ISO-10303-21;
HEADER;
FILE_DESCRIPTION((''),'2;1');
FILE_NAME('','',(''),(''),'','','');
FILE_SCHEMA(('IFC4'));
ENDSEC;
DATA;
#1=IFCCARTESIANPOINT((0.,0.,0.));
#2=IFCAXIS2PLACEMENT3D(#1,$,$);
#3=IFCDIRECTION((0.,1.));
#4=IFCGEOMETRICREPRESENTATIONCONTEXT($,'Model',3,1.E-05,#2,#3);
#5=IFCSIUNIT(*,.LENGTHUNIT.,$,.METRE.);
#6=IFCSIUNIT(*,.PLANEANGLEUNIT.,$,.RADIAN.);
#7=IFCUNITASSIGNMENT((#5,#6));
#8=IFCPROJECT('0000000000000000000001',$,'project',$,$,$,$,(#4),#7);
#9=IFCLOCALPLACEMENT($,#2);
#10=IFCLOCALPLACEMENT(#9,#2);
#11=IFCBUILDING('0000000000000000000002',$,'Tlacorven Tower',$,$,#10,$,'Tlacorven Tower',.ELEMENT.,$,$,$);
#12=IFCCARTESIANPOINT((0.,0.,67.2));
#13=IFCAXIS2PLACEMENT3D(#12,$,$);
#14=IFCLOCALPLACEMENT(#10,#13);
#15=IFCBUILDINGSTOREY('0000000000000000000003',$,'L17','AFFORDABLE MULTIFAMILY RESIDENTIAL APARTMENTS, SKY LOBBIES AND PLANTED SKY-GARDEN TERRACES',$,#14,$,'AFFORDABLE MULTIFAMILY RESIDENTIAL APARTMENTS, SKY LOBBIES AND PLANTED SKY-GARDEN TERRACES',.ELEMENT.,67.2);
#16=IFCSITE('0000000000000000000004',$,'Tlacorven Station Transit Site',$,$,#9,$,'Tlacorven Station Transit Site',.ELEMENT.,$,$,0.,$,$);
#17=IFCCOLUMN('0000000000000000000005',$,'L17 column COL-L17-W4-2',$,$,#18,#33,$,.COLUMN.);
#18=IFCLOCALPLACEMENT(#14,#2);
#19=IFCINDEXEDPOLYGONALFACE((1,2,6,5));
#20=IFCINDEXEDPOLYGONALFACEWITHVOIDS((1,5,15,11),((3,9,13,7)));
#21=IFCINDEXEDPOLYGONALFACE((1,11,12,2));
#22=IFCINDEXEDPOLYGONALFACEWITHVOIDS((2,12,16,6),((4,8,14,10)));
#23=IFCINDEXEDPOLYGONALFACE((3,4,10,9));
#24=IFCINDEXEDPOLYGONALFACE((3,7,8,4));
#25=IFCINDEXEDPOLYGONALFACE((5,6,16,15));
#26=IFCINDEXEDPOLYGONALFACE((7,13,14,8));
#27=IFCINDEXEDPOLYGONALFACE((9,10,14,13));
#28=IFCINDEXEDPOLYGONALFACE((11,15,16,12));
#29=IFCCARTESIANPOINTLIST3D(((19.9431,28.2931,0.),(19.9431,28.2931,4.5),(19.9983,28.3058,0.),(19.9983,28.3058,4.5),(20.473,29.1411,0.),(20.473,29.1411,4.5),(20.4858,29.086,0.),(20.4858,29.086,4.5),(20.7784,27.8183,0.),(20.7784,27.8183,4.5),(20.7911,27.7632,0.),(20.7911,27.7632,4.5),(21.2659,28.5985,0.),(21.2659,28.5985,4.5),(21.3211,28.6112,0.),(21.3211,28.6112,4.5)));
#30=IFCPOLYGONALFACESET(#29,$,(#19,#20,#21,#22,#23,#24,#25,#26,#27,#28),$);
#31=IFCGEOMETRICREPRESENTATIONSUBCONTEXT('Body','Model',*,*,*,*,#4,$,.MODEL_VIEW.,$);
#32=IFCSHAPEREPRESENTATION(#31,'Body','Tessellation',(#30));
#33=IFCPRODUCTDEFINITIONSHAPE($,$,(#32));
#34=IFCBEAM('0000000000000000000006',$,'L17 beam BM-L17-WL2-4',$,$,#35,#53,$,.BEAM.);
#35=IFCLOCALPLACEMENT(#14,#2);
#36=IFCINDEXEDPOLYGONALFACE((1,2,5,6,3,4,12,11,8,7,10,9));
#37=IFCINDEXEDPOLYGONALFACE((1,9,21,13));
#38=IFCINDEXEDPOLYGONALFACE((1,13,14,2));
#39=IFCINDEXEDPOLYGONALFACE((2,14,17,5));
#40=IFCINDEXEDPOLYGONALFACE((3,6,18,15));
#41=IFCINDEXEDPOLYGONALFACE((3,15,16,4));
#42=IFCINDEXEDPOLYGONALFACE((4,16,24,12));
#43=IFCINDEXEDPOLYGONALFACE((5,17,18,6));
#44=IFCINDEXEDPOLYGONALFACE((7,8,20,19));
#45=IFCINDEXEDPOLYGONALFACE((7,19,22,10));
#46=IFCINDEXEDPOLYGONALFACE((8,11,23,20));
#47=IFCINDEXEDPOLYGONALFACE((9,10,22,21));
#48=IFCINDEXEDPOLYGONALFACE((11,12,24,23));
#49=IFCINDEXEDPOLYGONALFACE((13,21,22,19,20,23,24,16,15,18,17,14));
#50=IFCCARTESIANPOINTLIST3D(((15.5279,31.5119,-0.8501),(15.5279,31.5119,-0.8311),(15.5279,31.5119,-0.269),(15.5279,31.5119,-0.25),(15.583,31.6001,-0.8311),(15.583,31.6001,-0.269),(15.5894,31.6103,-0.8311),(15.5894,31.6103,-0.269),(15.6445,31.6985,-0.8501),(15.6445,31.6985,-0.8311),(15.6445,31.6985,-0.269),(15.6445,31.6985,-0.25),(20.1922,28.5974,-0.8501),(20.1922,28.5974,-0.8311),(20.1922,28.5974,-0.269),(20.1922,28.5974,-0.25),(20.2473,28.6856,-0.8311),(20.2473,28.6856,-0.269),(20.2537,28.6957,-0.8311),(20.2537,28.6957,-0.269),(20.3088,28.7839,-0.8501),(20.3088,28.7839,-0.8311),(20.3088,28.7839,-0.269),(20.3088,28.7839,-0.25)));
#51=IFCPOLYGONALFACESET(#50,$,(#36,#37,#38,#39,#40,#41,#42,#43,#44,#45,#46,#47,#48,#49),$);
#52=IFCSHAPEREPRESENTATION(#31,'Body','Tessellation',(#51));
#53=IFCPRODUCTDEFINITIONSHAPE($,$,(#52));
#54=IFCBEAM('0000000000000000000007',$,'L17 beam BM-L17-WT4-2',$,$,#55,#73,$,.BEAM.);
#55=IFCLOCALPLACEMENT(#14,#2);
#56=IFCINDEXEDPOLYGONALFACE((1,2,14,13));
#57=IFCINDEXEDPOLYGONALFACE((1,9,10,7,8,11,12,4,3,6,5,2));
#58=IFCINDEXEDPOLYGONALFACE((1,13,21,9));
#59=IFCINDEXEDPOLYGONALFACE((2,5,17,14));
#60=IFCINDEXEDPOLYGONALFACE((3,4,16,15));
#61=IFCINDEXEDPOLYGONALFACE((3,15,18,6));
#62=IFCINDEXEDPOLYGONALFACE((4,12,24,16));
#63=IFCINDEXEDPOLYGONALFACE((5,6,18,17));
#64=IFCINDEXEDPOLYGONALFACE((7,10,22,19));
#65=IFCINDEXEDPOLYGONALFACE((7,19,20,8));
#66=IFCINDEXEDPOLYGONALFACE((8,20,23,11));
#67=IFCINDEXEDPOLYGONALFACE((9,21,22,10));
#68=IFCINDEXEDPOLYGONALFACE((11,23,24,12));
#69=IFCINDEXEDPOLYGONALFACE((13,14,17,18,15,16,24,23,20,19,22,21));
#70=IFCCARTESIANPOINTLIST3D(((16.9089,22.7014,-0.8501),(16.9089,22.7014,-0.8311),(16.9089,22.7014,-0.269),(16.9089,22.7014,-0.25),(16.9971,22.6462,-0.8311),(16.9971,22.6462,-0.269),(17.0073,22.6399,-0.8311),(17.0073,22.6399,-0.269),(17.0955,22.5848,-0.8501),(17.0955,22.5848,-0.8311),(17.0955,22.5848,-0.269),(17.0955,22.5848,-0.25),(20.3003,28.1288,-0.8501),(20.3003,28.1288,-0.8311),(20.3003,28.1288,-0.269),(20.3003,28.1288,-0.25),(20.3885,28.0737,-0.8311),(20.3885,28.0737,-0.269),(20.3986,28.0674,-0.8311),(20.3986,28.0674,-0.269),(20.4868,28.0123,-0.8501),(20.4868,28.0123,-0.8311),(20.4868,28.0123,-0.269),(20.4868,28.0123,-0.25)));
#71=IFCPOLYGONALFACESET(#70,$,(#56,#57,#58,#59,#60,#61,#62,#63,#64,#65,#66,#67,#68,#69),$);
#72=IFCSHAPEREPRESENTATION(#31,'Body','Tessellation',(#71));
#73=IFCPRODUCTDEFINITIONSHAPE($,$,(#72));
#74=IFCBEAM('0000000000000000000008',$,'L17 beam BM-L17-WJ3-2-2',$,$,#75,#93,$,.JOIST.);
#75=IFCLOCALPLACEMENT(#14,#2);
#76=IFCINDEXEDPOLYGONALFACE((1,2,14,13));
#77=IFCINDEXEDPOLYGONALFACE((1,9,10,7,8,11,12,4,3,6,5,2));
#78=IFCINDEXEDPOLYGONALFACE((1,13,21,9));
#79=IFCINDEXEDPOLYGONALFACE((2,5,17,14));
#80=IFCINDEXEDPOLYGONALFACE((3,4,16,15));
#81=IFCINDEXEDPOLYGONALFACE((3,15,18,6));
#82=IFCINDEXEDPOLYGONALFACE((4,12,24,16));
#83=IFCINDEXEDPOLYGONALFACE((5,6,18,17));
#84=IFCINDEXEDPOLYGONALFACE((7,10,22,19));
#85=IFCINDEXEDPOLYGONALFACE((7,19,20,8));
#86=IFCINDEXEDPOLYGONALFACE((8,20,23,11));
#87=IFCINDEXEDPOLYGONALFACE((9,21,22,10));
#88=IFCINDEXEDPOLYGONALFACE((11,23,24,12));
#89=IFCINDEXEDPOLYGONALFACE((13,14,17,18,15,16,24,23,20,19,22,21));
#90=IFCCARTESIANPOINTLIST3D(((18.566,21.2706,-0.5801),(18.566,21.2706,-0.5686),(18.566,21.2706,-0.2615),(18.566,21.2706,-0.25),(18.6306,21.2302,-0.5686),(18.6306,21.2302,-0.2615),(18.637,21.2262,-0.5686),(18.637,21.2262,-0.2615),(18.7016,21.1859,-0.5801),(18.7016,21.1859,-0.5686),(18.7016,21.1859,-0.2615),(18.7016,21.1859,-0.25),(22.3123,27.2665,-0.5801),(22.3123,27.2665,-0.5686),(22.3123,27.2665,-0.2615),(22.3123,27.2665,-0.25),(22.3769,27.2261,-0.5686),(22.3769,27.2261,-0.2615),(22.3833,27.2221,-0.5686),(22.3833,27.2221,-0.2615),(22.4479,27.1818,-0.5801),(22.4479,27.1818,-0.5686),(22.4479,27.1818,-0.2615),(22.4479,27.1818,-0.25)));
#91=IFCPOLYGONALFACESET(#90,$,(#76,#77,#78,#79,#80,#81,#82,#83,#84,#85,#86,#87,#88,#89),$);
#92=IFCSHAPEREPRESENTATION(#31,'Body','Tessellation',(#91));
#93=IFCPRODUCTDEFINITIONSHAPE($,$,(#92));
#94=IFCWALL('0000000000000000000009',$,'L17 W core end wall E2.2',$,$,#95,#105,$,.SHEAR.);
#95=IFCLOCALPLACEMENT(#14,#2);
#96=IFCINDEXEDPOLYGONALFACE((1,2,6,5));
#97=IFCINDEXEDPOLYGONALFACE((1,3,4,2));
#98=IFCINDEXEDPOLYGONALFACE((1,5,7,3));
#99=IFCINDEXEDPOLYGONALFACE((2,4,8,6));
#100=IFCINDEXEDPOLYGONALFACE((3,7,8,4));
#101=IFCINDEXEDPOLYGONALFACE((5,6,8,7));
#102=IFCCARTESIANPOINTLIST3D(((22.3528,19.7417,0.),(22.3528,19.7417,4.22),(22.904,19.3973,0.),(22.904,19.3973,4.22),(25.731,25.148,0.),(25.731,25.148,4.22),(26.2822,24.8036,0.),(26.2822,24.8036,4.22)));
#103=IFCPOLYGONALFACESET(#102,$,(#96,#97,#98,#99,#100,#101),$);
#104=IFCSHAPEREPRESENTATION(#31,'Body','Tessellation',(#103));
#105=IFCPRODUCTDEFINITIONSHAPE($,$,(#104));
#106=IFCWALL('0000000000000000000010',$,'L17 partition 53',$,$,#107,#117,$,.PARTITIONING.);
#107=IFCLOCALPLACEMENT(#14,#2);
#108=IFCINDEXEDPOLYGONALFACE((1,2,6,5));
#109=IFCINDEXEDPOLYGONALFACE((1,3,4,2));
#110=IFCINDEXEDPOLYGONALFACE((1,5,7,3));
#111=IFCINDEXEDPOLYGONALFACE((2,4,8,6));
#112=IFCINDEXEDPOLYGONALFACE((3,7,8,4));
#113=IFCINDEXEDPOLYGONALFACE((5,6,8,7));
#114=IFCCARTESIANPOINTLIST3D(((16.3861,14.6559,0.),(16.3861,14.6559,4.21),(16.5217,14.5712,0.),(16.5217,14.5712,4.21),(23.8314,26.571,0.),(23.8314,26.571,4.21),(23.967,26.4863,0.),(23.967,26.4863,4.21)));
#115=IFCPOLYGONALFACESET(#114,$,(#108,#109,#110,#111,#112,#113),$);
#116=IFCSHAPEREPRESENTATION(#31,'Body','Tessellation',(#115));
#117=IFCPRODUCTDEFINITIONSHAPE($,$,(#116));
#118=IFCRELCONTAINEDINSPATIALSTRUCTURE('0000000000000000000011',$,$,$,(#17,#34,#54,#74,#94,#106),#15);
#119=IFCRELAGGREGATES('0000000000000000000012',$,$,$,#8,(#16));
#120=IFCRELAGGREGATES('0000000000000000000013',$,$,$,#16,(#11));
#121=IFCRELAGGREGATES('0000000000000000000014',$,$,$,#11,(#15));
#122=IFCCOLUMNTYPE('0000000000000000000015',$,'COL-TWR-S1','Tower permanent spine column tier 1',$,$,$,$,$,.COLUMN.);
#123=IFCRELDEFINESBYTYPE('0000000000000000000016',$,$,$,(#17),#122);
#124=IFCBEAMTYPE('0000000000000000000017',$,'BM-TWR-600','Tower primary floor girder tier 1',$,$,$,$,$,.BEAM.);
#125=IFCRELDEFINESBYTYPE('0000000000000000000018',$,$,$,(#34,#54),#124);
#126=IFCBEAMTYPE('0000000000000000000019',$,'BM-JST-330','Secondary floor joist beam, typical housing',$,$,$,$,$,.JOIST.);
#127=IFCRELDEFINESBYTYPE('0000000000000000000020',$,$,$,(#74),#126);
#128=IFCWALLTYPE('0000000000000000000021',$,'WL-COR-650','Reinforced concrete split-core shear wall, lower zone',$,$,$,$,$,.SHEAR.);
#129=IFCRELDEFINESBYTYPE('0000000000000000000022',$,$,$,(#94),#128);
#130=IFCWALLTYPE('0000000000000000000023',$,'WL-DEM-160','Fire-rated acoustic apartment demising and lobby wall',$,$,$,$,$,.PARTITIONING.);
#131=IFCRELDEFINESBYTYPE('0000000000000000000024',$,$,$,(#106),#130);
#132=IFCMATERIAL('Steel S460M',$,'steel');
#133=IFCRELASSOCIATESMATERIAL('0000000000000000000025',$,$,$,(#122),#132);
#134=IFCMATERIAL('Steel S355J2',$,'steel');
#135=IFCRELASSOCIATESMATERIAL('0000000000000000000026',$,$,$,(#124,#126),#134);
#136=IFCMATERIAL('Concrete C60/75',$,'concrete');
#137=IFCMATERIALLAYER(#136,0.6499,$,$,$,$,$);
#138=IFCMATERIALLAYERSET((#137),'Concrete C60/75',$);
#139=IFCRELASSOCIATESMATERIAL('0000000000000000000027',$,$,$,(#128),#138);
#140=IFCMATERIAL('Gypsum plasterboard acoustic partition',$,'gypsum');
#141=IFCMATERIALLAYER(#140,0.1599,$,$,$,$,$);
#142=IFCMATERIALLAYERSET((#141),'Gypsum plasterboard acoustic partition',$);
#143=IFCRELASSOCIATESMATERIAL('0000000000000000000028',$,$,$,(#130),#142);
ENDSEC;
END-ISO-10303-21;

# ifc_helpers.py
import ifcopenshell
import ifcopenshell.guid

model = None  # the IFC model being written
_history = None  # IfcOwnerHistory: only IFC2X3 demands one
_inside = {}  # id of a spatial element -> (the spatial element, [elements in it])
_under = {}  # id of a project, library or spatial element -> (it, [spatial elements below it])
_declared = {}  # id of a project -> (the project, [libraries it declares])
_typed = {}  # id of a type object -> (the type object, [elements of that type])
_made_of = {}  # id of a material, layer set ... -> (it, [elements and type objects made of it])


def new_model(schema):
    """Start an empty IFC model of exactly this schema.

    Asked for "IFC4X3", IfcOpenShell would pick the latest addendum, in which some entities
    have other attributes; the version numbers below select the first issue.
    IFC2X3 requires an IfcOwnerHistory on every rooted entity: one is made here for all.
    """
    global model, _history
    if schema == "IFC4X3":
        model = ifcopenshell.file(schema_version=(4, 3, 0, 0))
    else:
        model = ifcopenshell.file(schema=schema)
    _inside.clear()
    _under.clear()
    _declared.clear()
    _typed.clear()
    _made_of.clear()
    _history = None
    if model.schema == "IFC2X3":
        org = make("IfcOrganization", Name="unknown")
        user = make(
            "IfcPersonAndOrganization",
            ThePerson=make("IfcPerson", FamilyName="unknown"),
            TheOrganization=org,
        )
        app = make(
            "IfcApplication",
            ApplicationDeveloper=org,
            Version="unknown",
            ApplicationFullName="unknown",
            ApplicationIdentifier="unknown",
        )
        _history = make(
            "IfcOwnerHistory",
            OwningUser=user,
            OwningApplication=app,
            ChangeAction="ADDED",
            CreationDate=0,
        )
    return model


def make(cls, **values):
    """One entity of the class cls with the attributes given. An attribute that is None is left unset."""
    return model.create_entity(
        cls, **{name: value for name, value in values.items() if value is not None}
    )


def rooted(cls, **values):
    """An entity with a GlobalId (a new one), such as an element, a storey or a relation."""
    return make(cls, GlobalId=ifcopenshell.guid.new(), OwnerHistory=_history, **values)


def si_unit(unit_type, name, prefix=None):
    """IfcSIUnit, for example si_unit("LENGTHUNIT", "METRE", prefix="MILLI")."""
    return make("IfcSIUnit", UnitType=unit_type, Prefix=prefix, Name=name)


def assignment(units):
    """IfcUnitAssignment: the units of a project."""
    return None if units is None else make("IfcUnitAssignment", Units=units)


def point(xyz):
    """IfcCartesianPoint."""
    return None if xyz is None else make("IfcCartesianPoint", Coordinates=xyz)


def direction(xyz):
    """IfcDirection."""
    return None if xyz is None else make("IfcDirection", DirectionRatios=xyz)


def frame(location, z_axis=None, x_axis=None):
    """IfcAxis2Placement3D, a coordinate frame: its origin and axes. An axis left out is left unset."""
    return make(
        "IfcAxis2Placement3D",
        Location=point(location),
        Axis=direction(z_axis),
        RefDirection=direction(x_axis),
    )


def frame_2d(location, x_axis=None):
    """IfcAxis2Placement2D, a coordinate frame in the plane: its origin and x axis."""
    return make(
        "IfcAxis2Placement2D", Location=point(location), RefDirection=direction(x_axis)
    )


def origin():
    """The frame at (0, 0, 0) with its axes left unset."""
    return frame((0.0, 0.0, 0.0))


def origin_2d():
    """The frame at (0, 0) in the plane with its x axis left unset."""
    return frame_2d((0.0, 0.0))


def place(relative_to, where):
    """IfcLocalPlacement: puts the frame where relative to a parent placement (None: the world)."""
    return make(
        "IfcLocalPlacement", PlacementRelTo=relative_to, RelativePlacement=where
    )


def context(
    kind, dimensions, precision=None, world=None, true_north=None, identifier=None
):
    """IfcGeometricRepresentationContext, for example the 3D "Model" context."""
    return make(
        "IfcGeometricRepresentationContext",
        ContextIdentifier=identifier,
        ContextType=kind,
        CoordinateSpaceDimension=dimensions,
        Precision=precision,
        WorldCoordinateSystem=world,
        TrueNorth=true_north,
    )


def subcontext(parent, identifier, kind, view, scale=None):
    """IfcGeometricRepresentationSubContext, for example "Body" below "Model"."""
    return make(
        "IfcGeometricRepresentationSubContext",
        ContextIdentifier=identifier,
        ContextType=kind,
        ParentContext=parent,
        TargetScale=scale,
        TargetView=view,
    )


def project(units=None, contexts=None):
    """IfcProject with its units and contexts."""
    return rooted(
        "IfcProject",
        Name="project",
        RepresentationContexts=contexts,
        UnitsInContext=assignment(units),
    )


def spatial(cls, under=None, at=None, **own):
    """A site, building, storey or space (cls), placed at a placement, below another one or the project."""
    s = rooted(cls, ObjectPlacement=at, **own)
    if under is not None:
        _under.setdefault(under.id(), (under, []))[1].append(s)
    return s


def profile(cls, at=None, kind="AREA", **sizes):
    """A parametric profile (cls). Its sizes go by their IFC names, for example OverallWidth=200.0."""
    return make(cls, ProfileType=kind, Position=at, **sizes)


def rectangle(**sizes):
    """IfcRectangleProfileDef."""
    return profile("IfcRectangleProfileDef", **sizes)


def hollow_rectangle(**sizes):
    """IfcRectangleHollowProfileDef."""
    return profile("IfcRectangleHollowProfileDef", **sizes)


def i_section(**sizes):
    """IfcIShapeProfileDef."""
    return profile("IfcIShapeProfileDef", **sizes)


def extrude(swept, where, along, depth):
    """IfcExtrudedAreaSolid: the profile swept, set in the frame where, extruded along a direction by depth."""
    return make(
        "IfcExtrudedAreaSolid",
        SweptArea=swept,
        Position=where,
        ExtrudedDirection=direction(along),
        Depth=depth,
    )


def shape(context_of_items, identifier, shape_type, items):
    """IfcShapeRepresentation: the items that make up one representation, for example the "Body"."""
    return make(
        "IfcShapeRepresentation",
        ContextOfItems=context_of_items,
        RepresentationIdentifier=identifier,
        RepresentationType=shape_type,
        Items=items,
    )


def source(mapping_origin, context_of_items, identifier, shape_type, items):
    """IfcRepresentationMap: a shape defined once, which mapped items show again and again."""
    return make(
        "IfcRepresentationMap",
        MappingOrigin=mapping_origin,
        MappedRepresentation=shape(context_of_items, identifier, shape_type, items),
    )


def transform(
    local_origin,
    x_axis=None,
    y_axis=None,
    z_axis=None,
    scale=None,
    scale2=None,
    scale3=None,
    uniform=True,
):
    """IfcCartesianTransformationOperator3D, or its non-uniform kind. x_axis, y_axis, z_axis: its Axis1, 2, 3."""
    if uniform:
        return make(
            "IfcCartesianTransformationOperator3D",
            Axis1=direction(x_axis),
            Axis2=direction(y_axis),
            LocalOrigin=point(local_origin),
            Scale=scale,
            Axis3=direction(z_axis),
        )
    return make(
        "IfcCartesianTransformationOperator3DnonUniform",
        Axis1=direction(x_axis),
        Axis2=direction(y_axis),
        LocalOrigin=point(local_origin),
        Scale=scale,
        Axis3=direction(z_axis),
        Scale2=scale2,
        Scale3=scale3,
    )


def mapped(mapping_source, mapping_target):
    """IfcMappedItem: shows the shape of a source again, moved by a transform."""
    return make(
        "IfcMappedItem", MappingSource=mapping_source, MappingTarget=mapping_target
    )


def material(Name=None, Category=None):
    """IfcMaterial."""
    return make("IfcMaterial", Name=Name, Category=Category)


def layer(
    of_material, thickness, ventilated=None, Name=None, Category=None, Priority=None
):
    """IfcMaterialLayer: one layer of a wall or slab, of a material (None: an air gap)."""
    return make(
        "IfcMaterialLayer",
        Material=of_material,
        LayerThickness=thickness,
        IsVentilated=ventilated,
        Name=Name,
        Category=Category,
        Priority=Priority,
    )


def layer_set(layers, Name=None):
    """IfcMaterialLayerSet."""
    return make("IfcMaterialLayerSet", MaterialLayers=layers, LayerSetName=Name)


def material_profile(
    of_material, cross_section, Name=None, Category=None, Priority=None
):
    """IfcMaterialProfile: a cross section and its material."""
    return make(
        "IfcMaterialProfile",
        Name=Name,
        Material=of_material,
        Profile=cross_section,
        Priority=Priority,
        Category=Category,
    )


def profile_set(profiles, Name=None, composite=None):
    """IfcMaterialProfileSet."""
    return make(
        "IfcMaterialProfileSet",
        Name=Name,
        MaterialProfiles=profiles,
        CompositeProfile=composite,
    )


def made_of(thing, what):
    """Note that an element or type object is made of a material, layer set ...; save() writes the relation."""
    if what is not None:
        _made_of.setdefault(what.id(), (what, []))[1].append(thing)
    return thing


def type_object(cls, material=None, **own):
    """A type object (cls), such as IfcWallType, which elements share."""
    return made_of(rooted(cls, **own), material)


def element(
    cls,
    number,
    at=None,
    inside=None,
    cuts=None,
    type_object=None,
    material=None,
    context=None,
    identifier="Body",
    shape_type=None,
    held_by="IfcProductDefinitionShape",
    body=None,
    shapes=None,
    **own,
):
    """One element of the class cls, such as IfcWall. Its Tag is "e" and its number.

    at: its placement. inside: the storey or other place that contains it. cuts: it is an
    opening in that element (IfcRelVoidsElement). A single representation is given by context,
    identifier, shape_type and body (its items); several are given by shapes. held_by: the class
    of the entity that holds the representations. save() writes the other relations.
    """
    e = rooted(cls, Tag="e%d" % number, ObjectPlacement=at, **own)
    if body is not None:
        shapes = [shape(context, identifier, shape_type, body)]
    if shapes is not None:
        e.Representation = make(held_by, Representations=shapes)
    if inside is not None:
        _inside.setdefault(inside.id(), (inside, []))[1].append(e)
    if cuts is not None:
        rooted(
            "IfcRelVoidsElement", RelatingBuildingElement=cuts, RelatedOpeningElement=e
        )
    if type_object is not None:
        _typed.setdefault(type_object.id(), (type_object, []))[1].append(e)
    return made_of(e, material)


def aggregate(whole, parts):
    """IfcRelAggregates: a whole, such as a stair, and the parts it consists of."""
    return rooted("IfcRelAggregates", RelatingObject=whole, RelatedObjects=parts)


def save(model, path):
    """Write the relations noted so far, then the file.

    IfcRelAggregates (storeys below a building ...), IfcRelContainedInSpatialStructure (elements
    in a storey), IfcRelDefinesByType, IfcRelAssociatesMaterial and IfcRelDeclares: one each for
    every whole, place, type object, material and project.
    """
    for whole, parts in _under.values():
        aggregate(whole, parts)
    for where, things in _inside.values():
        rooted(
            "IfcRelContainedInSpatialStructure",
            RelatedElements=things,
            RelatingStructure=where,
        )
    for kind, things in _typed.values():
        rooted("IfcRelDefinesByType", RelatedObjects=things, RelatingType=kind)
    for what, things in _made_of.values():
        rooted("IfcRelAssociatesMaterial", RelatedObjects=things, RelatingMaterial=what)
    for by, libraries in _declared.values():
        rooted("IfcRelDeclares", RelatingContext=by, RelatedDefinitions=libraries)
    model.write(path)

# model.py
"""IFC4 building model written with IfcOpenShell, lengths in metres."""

from ifc_helpers import new_model, si_unit, direction, frame, frame_2d, origin, origin_2d, place, context, subcontext, project, spatial, rectangle, hollow_rectangle, i_section, extrude, source, transform, mapped, material, layer, layer_set, material_profile, profile_set, type_object, element, save


model = new_model("IFC4")

# Units and contexts
model_context = context("Model", 3, precision=1e-05, world=origin(), true_north=direction((0.0, 1.0)))
body_context = subcontext(model_context, "Body", "Model", "MODEL_VIEW")
ifc_project = project(units=[si_unit("LENGTHUNIT", "METRE"), si_unit("PLANEANGLEUNIT", "RADIAN")], contexts=[model_context])

# Site, building, storey
site_placement = place(None, origin())
site = spatial("IfcSite", under=ifc_project, at=site_placement, Name="Tlacorven Station Transit Site", LongName="Tlacorven Station Transit Site", CompositionType="ELEMENT", RefElevation=0.0)
building_placement = place(site_placement, origin())
building = spatial("IfcBuilding", under=site, at=building_placement, Name="Tlacorven Tower", LongName="Tlacorven Tower", CompositionType="ELEMENT")
storey_placement = place(building_placement, frame((0.0, 0.0, 67.2)))
storey = spatial("IfcBuildingStorey", under=building, at=storey_placement, Name="L17", Description="AFFORDABLE MULTIFAMILY RESIDENTIAL APARTMENTS, SKY LOBBIES AND PLANTED SKY-GARDEN TERRACES", LongName="AFFORDABLE MULTIFAMILY RESIDENTIAL APARTMENTS, SKY LOBBIES AND PLANTED SKY-GARDEN TERRACES", CompositionType="ELEMENT", Elevation=67.2)

# Column
ifc_material_1 = material(Name="Steel S460M", Category="steel")
ifc_material_profile_1 = material_profile(ifc_material_1, hollow_rectangle(XDim=1.0, YDim=1.0, WallThickness=0.04, at=origin_2d()), Name="BOX 1000X1000X40")
ifc_profile_set_1 = profile_set([ifc_material_profile_1], Name="Steel S460M")
column_type = type_object("IfcColumnType", Name="COL-TWR-S1", Description="Tower permanent spine column tier 1", PredefinedType="COLUMN", material=ifc_profile_set_1)
shared_shape_1 = source(origin(), body_context, "Body", "SweptSolid", [
    extrude(hollow_rectangle(XDim=1.0, YDim=1.0, WallThickness=0.04, at=origin_2d()), origin(), (0.0, 0.0, 1.0), 4.5),
])
column_placement = place(storey_placement, frame((20.6321, 28.4521, 0.0), z_axis=(0.0, 0.0, 1.0), x_axis=(-0.848048, 0.529919, 0.0)))
element("IfcColumn", 1, at=column_placement, inside=storey, type_object=column_type, Name="L17 column COL-L17-W4-2", PredefinedType="COLUMN", context=body_context, shape_type="MappedRepresentation", body=[
    mapped(shared_shape_1, transform((0.0, 0.0, 0.0), scale=1.0)),
])

# Beams
ifc_material_2 = material(Name="Steel S355J2", Category="steel")
ifc_material_profile_2 = material_profile(ifc_material_2, i_section(OverallWidth=0.22, OverallDepth=0.6001, WebThickness=0.012, FlangeThickness=0.019, at=origin_2d()), Name="IPE 600")
ifc_profile_set_2 = profile_set([ifc_material_profile_2], Name="Steel S355J2")
beam_type_1 = type_object("IfcBeamType", Name="BM-TWR-600", Description="Tower primary floor girder tier 1", PredefinedType="BEAM", material=ifc_profile_set_2)
shared_shape_2 = source(origin(), body_context, "Body", "SweptSolid", [
    extrude(i_section(OverallWidth=0.22, OverallDepth=0.6001, WebThickness=0.012, FlangeThickness=0.019, at=origin_2d()), origin(), (0.0, 0.0, 1.0), 5.5),
])
beam_1_placement = place(storey_placement, frame((20.2505, 28.6907, -0.55), z_axis=(-0.848051, 0.529915, 0.0), x_axis=(-0.529915, -0.848051, 0.0)))
element("IfcBeam", 2, at=beam_1_placement, inside=storey, type_object=beam_type_1, Name="L17 beam BM-L17-WL2-4", PredefinedType="BEAM", context=body_context, shape_type="MappedRepresentation", body=[
    mapped(shared_shape_2, transform((0.0, 0.0, 0.0), scale=1.0)),
])
shared_shape_3 = source(origin(), body_context, "Body", "SweptSolid", [
    extrude(i_section(OverallWidth=0.22, OverallDepth=0.6001, WebThickness=0.012, FlangeThickness=0.019, at=origin_2d()), origin(), (0.0, 0.0, 1.0), 6.3999),
])
beam_2_placement = place(storey_placement, frame((20.3936, 28.0706, -0.55), z_axis=(-0.529906, -0.848056, 0.0), x_axis=(0.848056, -0.529906, 0.0)))
element("IfcBeam", 3, at=beam_2_placement, inside=storey, type_object=beam_type_1, Name="L17 beam BM-L17-WT4-2", PredefinedType="BEAM", context=body_context, shape_type="MappedRepresentation", body=[
    mapped(shared_shape_3, transform((0.0, 0.0, 0.0), scale=1.0)),
])
ifc_material_profile_3 = material_profile(ifc_material_2, i_section(OverallWidth=0.1599, OverallDepth=0.3301, WebThickness=0.0076, FlangeThickness=0.0115, at=origin_2d()), Name="IPE 330")
ifc_profile_set_3 = profile_set([ifc_material_profile_3], Name="Steel S355J2")
beam_type_2 = type_object("IfcBeamType", Name="BM-JST-330", Description="Secondary floor joist beam, typical housing", PredefinedType="JOIST", material=ifc_profile_set_3)
shared_shape_4 = source(origin(), body_context, "Body", "SweptSolid", [
    extrude(i_section(OverallWidth=0.1599, OverallDepth=0.3301, WebThickness=0.0076, FlangeThickness=0.0115, at=origin_2d()), origin(), (0.0, 0.0, 1.0), 7.0701),
])
beam_3_placement = place(storey_placement, frame((22.3801, 27.2241, -0.415), z_axis=(-0.52989, -0.848066, 0.0), x_axis=(0.848066, -0.52989, 0.0)))
element("IfcBeam", 4, at=beam_3_placement, inside=storey, type_object=beam_type_2, Name="L17 beam BM-L17-WJ3-2-2", PredefinedType="JOIST", context=body_context, shape_type="MappedRepresentation", body=[
    mapped(shared_shape_4, transform((0.0, 0.0, 0.0), scale=1.0)),
])

# Walls
ifc_material_3 = material(Name="Concrete C60/75", Category="concrete")
ifc_layer_1 = layer(ifc_material_3, 0.6499)
ifc_layer_set_1 = layer_set([ifc_layer_1], Name="Concrete C60/75")
wall_type_1 = type_object("IfcWallType", Name="WL-COR-650", Description="Reinforced concrete split-core shear wall, lower zone", PredefinedType="SHEAR", material=ifc_layer_set_1)
wall_1_placement = place(storey_placement, frame((26.0066, 24.9758, 0.0), z_axis=(0.0, 0.0, 1.0), x_axis=(-0.529916, -0.84805, 0.0)))
element("IfcWall", 5, at=wall_1_placement, inside=storey, type_object=wall_type_1, Name="L17 W core end wall E2.2", PredefinedType="SHEAR", context=body_context, shape_type="SweptSolid", body=[
    extrude(rectangle(XDim=6.375, YDim=0.6499, at=frame_2d((3.1875, 0.0))), origin(), (0.0, 0.0, 1.0), 4.22),
])
ifc_material_4 = material(Name="Gypsum plasterboard acoustic partition", Category="gypsum")
ifc_layer_2 = layer(ifc_material_4, 0.1599)
ifc_layer_set_2 = layer_set([ifc_layer_2], Name="Gypsum plasterboard acoustic partition")
wall_type_2 = type_object("IfcWallType", Name="WL-DEM-160", Description="Fire-rated acoustic apartment demising and lobby wall", PredefinedType="PARTITIONING", material=ifc_layer_set_2)
wall_2_placement = place(storey_placement, frame((23.8992, 26.5286, 0.0), z_axis=(0.0, 0.0, 1.0), x_axis=(-0.529918, -0.848049, 0.0)))
element("IfcWall", 6, at=wall_2_placement, inside=storey, type_object=wall_type_2, Name="L17 partition 53", PredefinedType="PARTITIONING", context=body_context, shape_type="SweptSolid", body=[
    extrude(rectangle(XDim=14.05, YDim=0.1599, at=frame_2d((7.0249, 0.0))), origin(), (0.0, 0.0, 1.0), 4.21),
])

save(model, "model.ifc")
